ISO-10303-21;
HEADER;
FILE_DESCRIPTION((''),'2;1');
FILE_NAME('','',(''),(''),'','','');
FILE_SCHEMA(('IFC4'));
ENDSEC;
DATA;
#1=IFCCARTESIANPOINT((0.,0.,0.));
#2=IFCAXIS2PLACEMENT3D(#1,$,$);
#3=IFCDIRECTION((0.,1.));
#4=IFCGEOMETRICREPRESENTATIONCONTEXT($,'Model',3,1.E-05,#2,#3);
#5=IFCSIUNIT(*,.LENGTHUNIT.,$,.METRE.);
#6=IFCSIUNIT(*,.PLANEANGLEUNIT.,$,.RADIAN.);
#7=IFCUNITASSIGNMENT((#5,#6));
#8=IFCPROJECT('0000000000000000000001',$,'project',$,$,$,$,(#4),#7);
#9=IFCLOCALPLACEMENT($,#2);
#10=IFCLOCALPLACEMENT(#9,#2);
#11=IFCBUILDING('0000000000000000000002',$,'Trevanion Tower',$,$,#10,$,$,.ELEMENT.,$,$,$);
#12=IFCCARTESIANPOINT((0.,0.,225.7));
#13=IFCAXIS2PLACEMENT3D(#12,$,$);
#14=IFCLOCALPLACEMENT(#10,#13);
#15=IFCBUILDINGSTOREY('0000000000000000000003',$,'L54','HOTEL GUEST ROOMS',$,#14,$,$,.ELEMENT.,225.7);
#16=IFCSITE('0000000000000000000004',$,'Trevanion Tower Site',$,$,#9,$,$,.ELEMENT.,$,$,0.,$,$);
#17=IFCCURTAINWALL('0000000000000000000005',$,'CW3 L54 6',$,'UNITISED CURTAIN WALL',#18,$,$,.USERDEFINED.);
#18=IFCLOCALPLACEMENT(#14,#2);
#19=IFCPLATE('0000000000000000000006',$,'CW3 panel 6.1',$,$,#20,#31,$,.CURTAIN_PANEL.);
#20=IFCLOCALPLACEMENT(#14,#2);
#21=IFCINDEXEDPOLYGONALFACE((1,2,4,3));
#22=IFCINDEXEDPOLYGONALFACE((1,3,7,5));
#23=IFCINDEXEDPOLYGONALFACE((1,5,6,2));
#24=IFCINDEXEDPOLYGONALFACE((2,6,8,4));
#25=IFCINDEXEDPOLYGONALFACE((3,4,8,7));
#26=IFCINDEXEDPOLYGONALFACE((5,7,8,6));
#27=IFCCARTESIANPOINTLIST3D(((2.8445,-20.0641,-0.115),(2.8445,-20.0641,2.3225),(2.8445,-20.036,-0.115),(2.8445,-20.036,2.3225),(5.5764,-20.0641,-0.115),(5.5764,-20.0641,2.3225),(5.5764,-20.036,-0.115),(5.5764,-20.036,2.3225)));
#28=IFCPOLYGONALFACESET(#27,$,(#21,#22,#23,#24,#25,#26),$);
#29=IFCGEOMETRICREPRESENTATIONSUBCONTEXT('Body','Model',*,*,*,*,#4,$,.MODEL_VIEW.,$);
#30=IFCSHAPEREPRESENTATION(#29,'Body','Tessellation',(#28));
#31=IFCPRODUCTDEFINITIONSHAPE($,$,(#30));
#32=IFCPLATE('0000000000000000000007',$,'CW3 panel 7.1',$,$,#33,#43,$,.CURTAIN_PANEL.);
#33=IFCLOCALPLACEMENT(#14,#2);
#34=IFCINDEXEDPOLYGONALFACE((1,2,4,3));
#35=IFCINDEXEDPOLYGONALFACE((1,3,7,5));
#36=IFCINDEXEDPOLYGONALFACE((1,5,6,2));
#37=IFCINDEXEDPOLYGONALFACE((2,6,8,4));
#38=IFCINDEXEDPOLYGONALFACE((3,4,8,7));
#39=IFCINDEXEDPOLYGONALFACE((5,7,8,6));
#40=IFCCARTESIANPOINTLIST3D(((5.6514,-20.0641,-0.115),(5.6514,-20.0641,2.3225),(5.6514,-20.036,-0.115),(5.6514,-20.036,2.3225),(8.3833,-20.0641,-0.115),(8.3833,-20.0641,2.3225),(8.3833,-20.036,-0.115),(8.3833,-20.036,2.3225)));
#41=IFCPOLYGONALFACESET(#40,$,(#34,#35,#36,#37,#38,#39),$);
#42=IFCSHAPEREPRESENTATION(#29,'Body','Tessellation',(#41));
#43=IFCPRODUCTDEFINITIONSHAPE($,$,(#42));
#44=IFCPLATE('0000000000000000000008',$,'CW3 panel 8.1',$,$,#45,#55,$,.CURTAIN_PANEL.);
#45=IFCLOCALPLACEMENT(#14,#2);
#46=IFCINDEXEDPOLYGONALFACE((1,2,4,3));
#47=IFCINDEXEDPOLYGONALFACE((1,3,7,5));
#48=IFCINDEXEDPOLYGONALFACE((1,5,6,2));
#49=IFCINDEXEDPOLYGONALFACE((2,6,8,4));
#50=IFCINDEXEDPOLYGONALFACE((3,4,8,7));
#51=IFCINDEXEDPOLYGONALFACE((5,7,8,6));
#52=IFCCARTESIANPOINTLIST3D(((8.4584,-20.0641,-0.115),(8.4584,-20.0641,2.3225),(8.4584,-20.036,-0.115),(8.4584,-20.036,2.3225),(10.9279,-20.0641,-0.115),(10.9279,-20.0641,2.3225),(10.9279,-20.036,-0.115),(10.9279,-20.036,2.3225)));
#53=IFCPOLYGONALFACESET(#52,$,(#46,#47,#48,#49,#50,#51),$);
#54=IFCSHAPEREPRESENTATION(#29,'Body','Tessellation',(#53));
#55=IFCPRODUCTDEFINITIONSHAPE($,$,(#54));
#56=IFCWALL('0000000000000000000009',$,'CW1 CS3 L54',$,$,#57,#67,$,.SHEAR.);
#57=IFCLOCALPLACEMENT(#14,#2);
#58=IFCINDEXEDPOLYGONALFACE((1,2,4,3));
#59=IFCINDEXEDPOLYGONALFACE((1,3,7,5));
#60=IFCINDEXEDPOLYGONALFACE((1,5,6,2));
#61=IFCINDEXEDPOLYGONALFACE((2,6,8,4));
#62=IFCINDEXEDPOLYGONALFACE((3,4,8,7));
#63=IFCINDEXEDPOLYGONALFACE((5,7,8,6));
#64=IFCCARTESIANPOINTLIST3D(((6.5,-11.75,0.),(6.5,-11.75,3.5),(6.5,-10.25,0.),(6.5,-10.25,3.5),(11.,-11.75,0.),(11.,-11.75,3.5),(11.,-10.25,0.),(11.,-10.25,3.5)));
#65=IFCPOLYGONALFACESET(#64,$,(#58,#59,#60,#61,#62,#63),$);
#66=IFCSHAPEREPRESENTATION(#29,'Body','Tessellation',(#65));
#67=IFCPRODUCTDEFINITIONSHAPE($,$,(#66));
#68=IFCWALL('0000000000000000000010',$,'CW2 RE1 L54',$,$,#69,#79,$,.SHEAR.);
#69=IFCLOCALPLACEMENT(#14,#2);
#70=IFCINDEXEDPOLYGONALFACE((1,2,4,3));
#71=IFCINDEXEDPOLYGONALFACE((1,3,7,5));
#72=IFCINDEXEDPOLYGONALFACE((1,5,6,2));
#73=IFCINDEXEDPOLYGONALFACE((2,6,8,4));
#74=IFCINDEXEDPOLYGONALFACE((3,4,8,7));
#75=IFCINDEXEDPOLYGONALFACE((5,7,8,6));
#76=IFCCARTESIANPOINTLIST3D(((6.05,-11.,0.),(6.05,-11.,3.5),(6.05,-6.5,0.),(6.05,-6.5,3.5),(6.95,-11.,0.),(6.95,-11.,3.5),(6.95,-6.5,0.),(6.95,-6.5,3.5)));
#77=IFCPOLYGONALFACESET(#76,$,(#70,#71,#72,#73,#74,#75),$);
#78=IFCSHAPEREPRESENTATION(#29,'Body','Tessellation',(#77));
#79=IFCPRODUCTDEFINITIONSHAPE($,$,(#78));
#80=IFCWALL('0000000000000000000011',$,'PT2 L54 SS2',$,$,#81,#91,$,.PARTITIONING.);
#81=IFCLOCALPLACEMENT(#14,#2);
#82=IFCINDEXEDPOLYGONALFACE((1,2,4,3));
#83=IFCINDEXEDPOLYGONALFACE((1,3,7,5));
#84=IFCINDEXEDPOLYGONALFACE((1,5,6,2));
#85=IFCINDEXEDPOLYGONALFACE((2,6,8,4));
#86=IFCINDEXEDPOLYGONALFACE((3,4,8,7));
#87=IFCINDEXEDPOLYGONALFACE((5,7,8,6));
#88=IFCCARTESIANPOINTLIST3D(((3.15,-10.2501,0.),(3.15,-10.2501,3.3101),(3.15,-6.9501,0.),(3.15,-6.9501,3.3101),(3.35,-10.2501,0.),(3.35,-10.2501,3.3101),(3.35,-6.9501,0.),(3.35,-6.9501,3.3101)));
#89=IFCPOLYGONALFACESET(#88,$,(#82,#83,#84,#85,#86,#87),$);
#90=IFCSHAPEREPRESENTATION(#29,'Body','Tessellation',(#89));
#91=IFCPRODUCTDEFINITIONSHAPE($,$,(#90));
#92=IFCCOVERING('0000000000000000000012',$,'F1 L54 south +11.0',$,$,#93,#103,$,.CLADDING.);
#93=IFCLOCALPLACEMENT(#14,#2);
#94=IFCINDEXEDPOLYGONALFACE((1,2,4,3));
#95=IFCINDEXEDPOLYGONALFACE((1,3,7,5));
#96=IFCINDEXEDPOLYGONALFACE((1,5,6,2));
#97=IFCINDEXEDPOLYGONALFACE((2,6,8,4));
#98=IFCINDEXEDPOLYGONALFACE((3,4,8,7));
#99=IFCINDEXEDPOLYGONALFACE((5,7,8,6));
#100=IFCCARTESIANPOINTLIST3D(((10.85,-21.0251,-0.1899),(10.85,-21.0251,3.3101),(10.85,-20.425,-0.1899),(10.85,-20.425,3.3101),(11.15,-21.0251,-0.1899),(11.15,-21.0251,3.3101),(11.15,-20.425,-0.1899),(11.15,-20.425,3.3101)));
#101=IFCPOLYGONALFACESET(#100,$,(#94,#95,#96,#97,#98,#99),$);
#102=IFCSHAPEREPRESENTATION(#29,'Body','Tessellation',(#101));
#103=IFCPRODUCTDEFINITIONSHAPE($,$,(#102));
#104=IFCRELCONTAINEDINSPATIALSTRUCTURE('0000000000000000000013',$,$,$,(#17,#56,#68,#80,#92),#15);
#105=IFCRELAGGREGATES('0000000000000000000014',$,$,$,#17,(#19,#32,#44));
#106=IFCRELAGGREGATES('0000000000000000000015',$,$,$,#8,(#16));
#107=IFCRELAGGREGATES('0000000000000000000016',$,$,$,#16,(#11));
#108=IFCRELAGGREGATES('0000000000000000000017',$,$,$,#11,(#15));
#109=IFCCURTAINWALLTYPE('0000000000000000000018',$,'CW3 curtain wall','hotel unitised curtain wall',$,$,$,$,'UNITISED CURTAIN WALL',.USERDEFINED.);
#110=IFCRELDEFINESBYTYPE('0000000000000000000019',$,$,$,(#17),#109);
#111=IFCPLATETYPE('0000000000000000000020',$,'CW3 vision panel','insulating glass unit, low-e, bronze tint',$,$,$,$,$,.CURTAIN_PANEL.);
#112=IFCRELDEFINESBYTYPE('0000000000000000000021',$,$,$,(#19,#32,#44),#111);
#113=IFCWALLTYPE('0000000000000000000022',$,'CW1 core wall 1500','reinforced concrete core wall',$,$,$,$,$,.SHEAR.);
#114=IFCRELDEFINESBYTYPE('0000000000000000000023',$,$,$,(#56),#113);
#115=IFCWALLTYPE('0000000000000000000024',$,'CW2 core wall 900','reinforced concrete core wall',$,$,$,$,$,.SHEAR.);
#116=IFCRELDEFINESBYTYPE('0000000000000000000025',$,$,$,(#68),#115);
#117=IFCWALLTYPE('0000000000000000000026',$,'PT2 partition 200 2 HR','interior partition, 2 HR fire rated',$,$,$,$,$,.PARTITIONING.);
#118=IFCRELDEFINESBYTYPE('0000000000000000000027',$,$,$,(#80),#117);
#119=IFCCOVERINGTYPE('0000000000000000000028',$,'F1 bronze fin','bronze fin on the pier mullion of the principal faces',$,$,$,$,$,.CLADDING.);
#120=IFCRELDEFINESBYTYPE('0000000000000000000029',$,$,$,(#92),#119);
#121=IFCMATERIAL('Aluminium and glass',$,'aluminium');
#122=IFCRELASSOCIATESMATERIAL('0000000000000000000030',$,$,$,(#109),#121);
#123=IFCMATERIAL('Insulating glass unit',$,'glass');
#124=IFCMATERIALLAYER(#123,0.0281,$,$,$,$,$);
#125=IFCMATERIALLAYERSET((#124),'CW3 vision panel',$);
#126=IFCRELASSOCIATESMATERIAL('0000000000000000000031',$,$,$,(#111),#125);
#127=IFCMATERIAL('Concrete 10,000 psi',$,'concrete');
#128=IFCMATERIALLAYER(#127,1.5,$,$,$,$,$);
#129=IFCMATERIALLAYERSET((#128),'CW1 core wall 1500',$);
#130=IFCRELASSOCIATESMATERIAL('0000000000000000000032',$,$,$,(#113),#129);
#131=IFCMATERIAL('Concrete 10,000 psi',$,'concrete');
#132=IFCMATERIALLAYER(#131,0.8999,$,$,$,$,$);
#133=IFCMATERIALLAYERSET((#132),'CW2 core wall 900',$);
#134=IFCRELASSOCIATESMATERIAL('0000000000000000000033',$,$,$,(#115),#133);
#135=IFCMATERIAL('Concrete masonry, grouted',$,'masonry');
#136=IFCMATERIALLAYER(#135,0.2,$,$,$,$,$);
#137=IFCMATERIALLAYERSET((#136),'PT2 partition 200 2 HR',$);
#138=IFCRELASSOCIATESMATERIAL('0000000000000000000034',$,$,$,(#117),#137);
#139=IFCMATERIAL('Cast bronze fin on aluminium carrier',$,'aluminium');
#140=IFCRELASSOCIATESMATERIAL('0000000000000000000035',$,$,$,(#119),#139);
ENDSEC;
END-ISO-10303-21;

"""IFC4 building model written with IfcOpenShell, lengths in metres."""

from ifc_helpers import new_model, si_unit, direction, frame, frame_2d, origin, origin_2d, place, context, subcontext, project, spatial, rectangle, extrude, material, layer, layer_set, type_object, element, aggregate, save


model = new_model("IFC4")

# Units and contexts
model_context = context("Model", 3, precision=1e-05, world=origin(), true_north=direction((0.0, 1.0)))
body_context = subcontext(model_context, "Body", "Model", "MODEL_VIEW")
ifc_project = project(units=[si_unit("LENGTHUNIT", "METRE"), si_unit("PLANEANGLEUNIT", "RADIAN")], contexts=[model_context])

# Site, building, storey
site_placement = place(None, origin())
site = spatial("IfcSite", under=ifc_project, at=site_placement, Name="Trevanion Tower Site", CompositionType="ELEMENT", RefElevation=0.0)
building_placement = place(site_placement, origin())
building = spatial("IfcBuilding", under=site, at=building_placement, Name="Trevanion Tower", CompositionType="ELEMENT")
storey_placement = place(building_placement, frame((0.0, 0.0, 225.7)))
storey = spatial("IfcBuildingStorey", under=building, at=storey_placement, Name="L54", Description="HOTEL GUEST ROOMS", CompositionType="ELEMENT", Elevation=225.7)

# Curtain wall
ifc_material_1 = material(Name="Aluminium and glass", Category="aluminium")
curtain_wall_type = type_object("IfcCurtainWallType", Name="CW3 curtain wall", Description="hotel unitised curtain wall", ElementType="UNITISED CURTAIN WALL", PredefinedType="USERDEFINED", material=ifc_material_1)
curtain_wall_placement = place(storey_placement, origin())
curtain_wall = element("IfcCurtainWall", 1, at=curtain_wall_placement, inside=storey, type_object=curtain_wall_type, Name="CW3 L54 6", ObjectType="UNITISED CURTAIN WALL", PredefinedType="USERDEFINED")

# Plates
ifc_material_2 = material(Name="Insulating glass unit", Category="glass")
ifc_layer_1 = layer(ifc_material_2, 0.0281)
ifc_layer_set_1 = layer_set([ifc_layer_1], Name="CW3 vision panel")
plate_type_1 = type_object("IfcPlateType", Name="CW3 vision panel", Description="insulating glass unit, low-e, bronze tint", PredefinedType="CURTAIN_PANEL", material=ifc_layer_set_1)
plate_1_placement = place(storey_placement, frame((4.2104, -20.05, -0.115), z_axis=(0.0, 0.0, 1.0), x_axis=(1.0, 0.0, 0.0)))
plate_1 = element("IfcPlate", 2, at=plate_1_placement, type_object=plate_type_1, Name="CW3 panel 6.1", PredefinedType="CURTAIN_PANEL", context=body_context, shape_type="SweptSolid", body=[
    extrude(rectangle(XDim=2.7319, YDim=0.0281, at=origin_2d()), origin(), (0.0, 0.0, 1.0), 2.4375),
])
plate_2_placement = place(storey_placement, frame((7.0173, -20.05, -0.115), z_axis=(0.0, 0.0, 1.0), x_axis=(1.0, 0.0, 0.0)))
plate_2 = element("IfcPlate", 3, at=plate_2_placement, type_object=plate_type_1, Name="CW3 panel 7.1", PredefinedType="CURTAIN_PANEL", context=body_context, shape_type="SweptSolid", body=[
    extrude(rectangle(XDim=2.7319, YDim=0.0281, at=origin_2d()), origin(), (0.0, 0.0, 1.0), 2.4375),
])
plate_3_placement = place(storey_placement, frame((9.6931, -20.05, -0.115), z_axis=(0.0, 0.0, 1.0), x_axis=(1.0, 0.0, 0.0)))
plate_3 = element("IfcPlate", 4, at=plate_3_placement, type_object=plate_type_1, Name="CW3 panel 8.1", PredefinedType="CURTAIN_PANEL", context=body_context, shape_type="SweptSolid", body=[
    extrude(rectangle(XDim=2.4695, YDim=0.0281, at=origin_2d()), origin(), (0.0, 0.0, 1.0), 2.4375),
])
aggregate(curtain_wall, [plate_1, plate_2, plate_3])

# Walls
ifc_material_3 = material(Name="Concrete 10,000 psi", Category="concrete")
ifc_layer_2 = layer(ifc_material_3, 1.5)
ifc_layer_set_2 = layer_set([ifc_layer_2], Name="CW1 core wall 1500")
wall_type_1 = type_object("IfcWallType", Name="CW1 core wall 1500", Description="reinforced concrete core wall", PredefinedType="SHEAR", material=ifc_layer_set_2)
wall_1_placement = place(storey_placement, frame((6.5, -11.0, 0.0), z_axis=(0.0, 0.0, 1.0), x_axis=(1.0, 0.0, 0.0)))
element("IfcWall", 5, at=wall_1_placement, inside=storey, type_object=wall_type_1, Name="CW1 CS3 L54", PredefinedType="SHEAR", context=body_context, shape_type="SweptSolid", body=[
    extrude(rectangle(XDim=4.5, YDim=1.5, at=frame_2d((2.25, 0.0))), origin(), (0.0, 0.0, 1.0), 3.5),
])
ifc_material_4 = material(Name="Concrete 10,000 psi", Category="concrete")
ifc_layer_3 = layer(ifc_material_4, 0.8999)
ifc_layer_set_3 = layer_set([ifc_layer_3], Name="CW2 core wall 900")
wall_type_2 = type_object("IfcWallType", Name="CW2 core wall 900", Description="reinforced concrete core wall", PredefinedType="SHEAR", material=ifc_layer_set_3)
wall_2_placement = place(storey_placement, frame((6.5, -11.0, 0.0), z_axis=(0.0, 0.0, 1.0), x_axis=(0.0, 1.0, 0.0)))
element("IfcWall", 6, at=wall_2_placement, inside=storey, type_object=wall_type_2, Name="CW2 RE1 L54", PredefinedType="SHEAR", context=body_context, shape_type="SweptSolid", body=[
    extrude(rectangle(XDim=4.5, YDim=0.8999, at=frame_2d((2.25, 0.0))), origin(), (0.0, 0.0, 1.0), 3.5),
])
ifc_material_5 = material(Name="Concrete masonry, grouted", Category="masonry")
ifc_layer_4 = layer(ifc_material_5, 0.2)
ifc_layer_set_4 = layer_set([ifc_layer_4], Name="PT2 partition 200 2 HR")
wall_type_3 = type_object("IfcWallType", Name="PT2 partition 200 2 HR", Description="interior partition, 2 HR fire rated", PredefinedType="PARTITIONING", material=ifc_layer_set_4)
wall_3_placement = place(storey_placement, frame((3.25, -10.25, 0.0), z_axis=(0.0, 0.0, 1.0), x_axis=(0.0, 1.0, 0.0)))
element("IfcWall", 7, at=wall_3_placement, inside=storey, type_object=wall_type_3, Name="PT2 L54 SS2", PredefinedType="PARTITIONING", context=body_context, shape_type="SweptSolid", body=[
    extrude(rectangle(XDim=3.3, YDim=0.2, at=frame_2d((1.6499, 0.0))), origin(), (0.0, 0.0, 1.0), 3.3101),
])

# Covering
ifc_material_6 = material(Name="Cast bronze fin on aluminium carrier", Category="aluminium")
covering_type = type_object("IfcCoveringType", Name="F1 bronze fin", Description="bronze fin on the pier mullion of the principal faces", PredefinedType="CLADDING", material=ifc_material_6)
covering_placement = place(storey_placement, frame((11.0, -20.7251, -0.1899), z_axis=(0.0, 0.0, 1.0), x_axis=(1.0, 0.0, 0.0)))
element("IfcCovering", 8, at=covering_placement, inside=storey, type_object=covering_type, Name="F1 L54 south +11.0", PredefinedType="CLADDING", context=body_context, shape_type="SweptSolid", body=[
    extrude(rectangle(XDim=0.3, YDim=0.6001, at=origin_2d()), origin(), (0.0, 0.0, 1.0), 3.5),
])

save(model, "model.ifc")
